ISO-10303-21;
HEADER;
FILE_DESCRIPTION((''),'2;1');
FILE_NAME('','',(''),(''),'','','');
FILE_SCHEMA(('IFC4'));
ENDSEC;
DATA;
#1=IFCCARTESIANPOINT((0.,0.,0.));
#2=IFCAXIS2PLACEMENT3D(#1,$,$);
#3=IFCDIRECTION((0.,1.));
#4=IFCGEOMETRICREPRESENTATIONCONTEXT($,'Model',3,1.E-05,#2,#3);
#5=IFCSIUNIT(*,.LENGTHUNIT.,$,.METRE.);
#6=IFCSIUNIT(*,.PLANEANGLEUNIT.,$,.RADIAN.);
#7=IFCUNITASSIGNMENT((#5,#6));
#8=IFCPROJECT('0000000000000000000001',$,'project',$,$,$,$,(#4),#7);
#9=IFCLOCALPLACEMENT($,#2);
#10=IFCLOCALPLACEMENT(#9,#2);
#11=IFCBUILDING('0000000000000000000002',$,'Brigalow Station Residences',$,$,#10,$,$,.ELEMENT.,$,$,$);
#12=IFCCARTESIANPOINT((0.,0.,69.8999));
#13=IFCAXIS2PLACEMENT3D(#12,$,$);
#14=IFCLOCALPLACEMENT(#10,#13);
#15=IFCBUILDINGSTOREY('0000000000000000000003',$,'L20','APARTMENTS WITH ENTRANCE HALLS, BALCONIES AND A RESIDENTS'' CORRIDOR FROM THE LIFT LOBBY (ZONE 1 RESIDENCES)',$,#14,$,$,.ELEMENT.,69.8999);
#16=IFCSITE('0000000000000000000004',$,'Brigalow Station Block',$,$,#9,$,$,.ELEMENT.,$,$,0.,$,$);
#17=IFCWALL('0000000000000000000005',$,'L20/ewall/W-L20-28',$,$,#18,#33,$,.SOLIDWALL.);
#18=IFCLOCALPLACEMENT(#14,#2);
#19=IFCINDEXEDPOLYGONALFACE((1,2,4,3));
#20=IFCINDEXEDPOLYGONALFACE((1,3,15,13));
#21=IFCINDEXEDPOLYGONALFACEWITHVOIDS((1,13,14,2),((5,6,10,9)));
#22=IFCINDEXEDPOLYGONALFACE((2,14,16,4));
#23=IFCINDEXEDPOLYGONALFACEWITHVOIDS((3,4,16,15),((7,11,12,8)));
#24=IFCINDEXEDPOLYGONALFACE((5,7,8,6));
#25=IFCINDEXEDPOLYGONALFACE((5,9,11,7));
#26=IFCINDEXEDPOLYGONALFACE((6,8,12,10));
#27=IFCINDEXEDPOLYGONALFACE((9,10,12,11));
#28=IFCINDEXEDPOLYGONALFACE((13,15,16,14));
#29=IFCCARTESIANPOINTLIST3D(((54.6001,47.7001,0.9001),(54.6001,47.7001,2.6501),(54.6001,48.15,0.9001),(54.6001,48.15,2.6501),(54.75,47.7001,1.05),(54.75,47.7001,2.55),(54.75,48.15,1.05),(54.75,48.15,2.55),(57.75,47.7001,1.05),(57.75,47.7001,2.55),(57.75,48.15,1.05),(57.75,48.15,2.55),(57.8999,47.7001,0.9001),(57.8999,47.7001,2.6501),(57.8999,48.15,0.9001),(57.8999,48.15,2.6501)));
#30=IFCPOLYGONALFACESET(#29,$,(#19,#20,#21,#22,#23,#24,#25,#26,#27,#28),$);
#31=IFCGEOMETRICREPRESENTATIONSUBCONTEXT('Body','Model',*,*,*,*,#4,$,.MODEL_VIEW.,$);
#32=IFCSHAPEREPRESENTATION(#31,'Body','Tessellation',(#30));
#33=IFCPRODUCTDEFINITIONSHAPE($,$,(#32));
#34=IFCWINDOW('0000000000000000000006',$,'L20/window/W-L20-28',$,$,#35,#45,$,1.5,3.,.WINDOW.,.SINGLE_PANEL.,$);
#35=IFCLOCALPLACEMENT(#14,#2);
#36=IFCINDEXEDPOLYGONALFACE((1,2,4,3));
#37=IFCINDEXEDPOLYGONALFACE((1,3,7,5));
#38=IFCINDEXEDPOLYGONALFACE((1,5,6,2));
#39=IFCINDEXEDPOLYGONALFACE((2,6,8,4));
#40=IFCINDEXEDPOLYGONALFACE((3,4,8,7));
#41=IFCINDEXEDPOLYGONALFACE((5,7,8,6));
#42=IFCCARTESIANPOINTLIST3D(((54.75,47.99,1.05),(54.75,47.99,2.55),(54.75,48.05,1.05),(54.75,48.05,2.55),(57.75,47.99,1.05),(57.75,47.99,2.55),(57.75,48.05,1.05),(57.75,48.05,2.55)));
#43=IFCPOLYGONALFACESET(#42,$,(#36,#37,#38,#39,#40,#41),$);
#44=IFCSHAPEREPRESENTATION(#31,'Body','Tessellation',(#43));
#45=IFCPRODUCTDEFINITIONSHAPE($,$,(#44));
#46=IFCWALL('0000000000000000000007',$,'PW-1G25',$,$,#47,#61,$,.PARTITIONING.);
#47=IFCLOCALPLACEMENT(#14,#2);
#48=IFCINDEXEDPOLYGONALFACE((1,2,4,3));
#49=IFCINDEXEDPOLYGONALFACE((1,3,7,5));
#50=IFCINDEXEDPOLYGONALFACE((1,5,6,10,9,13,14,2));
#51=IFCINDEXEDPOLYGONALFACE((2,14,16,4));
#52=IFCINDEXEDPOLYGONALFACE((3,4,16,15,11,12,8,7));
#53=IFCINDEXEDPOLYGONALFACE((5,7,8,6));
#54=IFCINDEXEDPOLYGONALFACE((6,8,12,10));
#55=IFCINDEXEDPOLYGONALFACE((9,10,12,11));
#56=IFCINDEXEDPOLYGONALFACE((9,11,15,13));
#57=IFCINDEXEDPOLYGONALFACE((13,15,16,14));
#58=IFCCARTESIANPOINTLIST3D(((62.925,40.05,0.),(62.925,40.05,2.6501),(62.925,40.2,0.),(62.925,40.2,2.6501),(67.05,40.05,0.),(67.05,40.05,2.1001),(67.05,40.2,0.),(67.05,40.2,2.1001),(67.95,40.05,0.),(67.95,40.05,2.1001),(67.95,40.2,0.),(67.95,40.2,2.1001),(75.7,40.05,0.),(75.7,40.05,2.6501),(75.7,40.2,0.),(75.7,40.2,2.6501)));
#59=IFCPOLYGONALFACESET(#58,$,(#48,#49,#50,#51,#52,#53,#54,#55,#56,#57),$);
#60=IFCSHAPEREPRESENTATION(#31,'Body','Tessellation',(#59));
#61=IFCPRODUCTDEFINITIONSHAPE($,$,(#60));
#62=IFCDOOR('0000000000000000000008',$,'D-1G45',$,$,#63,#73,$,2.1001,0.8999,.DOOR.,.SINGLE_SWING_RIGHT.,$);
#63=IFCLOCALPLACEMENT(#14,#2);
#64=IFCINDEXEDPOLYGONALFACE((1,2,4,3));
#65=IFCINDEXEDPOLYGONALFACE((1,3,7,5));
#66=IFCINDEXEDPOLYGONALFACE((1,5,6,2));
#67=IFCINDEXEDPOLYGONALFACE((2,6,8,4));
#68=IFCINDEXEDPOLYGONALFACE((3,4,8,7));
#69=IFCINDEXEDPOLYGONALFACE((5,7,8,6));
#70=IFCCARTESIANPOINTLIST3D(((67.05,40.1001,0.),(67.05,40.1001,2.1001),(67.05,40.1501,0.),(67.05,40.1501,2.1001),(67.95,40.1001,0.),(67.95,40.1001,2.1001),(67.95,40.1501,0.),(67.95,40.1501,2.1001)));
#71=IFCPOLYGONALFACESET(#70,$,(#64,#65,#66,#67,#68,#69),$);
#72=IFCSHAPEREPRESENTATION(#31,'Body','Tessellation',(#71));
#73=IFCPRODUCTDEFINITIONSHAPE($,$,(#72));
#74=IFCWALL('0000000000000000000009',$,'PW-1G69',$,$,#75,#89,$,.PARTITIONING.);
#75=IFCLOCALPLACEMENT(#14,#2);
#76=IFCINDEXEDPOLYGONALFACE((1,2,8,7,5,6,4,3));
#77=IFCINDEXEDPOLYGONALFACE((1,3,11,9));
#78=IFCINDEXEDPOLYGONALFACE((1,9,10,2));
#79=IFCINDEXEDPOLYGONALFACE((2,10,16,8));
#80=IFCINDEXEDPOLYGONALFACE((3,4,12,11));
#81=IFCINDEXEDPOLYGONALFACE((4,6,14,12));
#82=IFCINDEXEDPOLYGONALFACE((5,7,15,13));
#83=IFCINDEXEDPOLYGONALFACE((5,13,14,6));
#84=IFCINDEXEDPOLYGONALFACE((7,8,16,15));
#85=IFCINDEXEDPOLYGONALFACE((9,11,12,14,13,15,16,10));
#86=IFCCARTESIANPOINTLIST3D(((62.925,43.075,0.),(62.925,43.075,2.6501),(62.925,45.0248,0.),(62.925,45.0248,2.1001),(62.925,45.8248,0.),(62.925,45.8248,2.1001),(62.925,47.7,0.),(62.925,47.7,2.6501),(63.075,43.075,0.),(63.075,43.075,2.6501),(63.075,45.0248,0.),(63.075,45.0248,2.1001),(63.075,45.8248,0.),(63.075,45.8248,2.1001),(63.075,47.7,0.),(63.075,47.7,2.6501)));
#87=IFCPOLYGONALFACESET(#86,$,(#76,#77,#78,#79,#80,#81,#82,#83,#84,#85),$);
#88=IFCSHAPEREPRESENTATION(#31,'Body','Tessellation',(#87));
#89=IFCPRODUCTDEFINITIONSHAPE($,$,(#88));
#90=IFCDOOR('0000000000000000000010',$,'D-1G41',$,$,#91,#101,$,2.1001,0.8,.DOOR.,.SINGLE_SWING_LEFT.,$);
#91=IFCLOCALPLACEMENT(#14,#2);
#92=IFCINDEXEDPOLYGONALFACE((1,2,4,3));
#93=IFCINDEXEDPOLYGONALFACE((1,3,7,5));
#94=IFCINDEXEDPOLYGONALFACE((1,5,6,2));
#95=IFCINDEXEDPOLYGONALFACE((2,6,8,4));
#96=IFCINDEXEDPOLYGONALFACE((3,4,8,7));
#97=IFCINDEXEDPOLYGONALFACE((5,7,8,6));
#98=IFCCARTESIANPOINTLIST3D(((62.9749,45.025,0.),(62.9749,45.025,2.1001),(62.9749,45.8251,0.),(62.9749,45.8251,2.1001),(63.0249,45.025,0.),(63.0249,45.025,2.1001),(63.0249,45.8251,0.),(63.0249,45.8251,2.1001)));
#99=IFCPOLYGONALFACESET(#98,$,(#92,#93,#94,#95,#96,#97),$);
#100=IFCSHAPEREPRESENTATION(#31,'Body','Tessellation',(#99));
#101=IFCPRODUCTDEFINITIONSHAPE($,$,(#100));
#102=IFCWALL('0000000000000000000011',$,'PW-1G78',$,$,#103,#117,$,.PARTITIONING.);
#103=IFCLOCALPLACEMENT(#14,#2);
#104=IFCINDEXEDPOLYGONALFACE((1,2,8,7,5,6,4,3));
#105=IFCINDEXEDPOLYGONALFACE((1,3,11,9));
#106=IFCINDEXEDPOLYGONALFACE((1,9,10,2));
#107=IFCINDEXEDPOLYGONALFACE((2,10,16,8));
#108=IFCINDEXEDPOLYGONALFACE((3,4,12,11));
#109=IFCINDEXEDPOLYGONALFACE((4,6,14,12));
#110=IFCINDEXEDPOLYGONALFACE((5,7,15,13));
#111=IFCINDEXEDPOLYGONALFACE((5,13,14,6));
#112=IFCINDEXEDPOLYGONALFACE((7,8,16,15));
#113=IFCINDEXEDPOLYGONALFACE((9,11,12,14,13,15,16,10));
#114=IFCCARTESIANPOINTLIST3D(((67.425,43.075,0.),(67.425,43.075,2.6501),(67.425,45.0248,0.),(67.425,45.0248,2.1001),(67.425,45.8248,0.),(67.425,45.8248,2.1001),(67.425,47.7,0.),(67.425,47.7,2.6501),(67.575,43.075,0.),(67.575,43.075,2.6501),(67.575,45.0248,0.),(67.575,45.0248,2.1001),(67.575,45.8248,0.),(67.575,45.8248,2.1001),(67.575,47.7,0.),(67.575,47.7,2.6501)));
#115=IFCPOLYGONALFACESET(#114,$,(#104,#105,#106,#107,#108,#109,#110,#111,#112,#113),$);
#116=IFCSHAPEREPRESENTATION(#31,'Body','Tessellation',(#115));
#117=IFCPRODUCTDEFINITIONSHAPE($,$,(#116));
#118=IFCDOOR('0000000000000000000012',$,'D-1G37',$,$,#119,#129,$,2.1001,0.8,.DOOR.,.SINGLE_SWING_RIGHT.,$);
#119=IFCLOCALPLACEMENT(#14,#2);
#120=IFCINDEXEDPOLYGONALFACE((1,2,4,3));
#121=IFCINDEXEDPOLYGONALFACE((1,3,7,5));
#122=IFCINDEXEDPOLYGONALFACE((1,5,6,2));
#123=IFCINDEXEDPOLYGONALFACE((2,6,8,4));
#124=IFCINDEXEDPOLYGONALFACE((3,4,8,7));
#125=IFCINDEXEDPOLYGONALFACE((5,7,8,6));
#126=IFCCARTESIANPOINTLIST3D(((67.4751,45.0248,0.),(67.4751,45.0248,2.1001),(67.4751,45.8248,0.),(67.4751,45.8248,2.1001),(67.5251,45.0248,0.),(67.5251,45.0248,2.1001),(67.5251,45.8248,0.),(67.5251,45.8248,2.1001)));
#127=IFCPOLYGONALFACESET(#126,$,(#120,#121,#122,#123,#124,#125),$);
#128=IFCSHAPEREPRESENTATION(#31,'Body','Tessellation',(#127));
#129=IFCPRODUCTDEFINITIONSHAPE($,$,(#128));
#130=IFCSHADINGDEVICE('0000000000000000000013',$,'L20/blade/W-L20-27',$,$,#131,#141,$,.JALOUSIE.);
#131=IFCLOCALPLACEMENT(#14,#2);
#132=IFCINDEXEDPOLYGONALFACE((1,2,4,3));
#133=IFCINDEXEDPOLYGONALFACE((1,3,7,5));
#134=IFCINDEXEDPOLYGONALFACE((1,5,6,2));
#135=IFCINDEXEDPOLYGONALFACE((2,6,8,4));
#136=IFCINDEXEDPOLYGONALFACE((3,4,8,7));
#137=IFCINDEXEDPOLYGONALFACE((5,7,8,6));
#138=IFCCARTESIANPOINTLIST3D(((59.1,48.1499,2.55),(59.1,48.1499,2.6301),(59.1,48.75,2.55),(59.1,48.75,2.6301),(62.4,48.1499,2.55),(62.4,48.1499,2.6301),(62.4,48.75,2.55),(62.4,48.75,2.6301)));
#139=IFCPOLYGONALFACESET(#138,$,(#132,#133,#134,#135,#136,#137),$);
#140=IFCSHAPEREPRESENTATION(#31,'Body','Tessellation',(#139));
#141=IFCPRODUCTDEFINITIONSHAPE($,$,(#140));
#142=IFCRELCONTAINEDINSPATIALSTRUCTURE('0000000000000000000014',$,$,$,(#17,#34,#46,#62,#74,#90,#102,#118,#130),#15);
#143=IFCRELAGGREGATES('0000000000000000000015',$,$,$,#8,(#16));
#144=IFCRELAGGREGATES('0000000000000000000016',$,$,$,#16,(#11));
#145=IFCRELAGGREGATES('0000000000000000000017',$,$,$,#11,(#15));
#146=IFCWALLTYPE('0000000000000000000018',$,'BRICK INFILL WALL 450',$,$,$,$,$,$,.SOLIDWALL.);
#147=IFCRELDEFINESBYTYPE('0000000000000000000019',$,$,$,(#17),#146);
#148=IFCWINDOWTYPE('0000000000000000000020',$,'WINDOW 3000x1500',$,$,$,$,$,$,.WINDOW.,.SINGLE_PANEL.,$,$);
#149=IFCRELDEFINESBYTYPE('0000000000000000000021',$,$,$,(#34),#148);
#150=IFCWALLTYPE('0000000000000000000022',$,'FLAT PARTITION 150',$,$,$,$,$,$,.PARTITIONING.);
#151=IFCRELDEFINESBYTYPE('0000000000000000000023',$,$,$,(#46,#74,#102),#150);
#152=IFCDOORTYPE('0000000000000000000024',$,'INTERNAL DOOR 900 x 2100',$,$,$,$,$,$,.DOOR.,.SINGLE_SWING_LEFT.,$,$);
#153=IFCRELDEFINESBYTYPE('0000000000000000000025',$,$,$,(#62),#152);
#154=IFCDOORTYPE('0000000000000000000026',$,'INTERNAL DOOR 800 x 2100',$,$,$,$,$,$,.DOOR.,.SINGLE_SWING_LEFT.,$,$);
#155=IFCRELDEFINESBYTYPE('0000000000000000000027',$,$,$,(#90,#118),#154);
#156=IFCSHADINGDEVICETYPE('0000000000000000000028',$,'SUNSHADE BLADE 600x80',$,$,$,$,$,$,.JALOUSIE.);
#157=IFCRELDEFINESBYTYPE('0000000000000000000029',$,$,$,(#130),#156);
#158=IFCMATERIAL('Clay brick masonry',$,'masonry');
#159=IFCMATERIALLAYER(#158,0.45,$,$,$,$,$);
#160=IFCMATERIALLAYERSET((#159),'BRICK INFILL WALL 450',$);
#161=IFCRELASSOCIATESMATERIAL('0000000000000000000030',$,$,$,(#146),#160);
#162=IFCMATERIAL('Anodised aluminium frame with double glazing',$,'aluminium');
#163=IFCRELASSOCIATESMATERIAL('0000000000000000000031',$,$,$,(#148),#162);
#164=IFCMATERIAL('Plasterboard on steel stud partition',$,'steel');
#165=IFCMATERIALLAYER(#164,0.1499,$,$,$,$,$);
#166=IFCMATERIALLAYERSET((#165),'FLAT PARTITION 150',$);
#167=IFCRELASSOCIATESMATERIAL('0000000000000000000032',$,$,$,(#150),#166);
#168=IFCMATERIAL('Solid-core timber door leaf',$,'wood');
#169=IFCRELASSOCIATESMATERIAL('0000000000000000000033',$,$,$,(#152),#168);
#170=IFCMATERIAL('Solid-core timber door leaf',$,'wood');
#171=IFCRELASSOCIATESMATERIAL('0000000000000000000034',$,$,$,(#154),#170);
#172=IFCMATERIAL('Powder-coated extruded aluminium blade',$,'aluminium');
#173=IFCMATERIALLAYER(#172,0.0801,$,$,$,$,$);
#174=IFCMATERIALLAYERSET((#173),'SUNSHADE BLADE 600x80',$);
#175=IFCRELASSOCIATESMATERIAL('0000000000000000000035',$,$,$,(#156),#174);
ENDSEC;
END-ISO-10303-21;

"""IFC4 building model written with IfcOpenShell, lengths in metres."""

from ifc_helpers import new_model, si_unit, direction, frame, frame_2d, origin, origin_2d, place, context, subcontext, project, spatial, rectangle, extrude, material, layer, layer_set, type_object, element, fill, save


model = new_model("IFC4")

# Units and contexts
model_context = context("Model", 3, precision=1e-05, world=origin(), true_north=direction((0.0, 1.0)))
body_context = subcontext(model_context, "Body", "Model", "MODEL_VIEW")
ifc_project = project(units=[si_unit("LENGTHUNIT", "METRE"), si_unit("PLANEANGLEUNIT", "RADIAN")], contexts=[model_context])

# Site, building, storey
site_placement = place(None, origin())
site = spatial("IfcSite", under=ifc_project, at=site_placement, Name="Brigalow Station Block", CompositionType="ELEMENT", RefElevation=0.0)
building_placement = place(site_placement, origin())
building = spatial("IfcBuilding", under=site, at=building_placement, Name="Brigalow Station Residences", CompositionType="ELEMENT")
storey_placement = place(building_placement, frame((0.0, 0.0, 69.8999)))
storey = spatial("IfcBuildingStorey", under=building, at=storey_placement, Name="L20", Description="APARTMENTS WITH ENTRANCE HALLS, BALCONIES AND A RESIDENTS' CORRIDOR FROM THE LIFT LOBBY (ZONE 1 RESIDENCES)", CompositionType="ELEMENT", Elevation=69.8999)

# Shared definitions
ifc_material_1 = material(Name="Clay brick masonry", Category="masonry")
ifc_layer_1 = layer(ifc_material_1, 0.45)
ifc_layer_set_1 = layer_set([ifc_layer_1], Name="BRICK INFILL WALL 450")
wall_type_1 = type_object("IfcWallType", Name="BRICK INFILL WALL 450", PredefinedType="SOLIDWALL", material=ifc_layer_set_1)

# Wall, opening, window
ifc_material_2 = material(Name="Anodised aluminium frame with double glazing", Category="aluminium")
window_type = type_object("IfcWindowType", Name="WINDOW 3000x1500", PartitioningType="SINGLE_PANEL", PredefinedType="WINDOW", material=ifc_material_2)
wall_1_placement = place(storey_placement, frame((57.8999, 47.925, 0.9001), z_axis=(0.0, 0.0, 1.0), x_axis=(-1.0, 0.0, 0.0)))
wall_1 = element("IfcWall", 1, at=wall_1_placement, inside=storey, type_object=wall_type_1, Name="L20/ewall/W-L20-28", PredefinedType="SOLIDWALL", context=body_context, shape_type="SweptSolid", body=[
    extrude(rectangle(XDim=3.2998, YDim=0.45, at=frame_2d((1.6499, 0.0))), origin(), (0.0, 0.0, 1.0), 1.75),
])
opening_1_placement = place(wall_1_placement, frame((0.1499, 0.0, 0.1499)))
opening_1 = element("IfcOpeningElement", 2, at=opening_1_placement, cuts=wall_1, PredefinedType="OPENING", context=body_context, shape_type="SweptSolid", body=[
    extrude(rectangle(XDim=3.0, YDim=1.5, at=frame_2d((1.5, 0.75))), frame((0.0, 0.2349, 0.0), z_axis=(0.0, -1.0, 0.0), x_axis=(1.0, 0.0, 0.0)), (0.0, 0.0, 1.0), 0.47),
])
window_1_placement = place(opening_1_placement, origin())
window_1 = element("IfcWindow", 3, at=window_1_placement, inside=storey, type_object=window_type, Name="L20/window/W-L20-28", OverallHeight=1.5, OverallWidth=3.0, PartitioningType="SINGLE_PANEL", PredefinedType="WINDOW", context=body_context, shape_type="SweptSolid", body=[
    extrude(rectangle(XDim=3.0, YDim=1.5, at=frame_2d((1.5, 0.75))), frame((0.0, -0.0649, 0.0), z_axis=(0.0, -1.0, 0.0), x_axis=(1.0, 0.0, 0.0)), (0.0, 0.0, 1.0), 0.0601),
])
fill(opening_1, window_1)

# Walls, openings, doors
ifc_material_3 = material(Name="Plasterboard on steel stud partition", Category="steel")
ifc_layer_2 = layer(ifc_material_3, 0.1499)
ifc_layer_set_2 = layer_set([ifc_layer_2], Name="FLAT PARTITION 150")
wall_type_2 = type_object("IfcWallType", Name="FLAT PARTITION 150", PredefinedType="PARTITIONING", material=ifc_layer_set_2)
wall_2_placement = place(storey_placement, frame((62.925, 40.125, 0.0), z_axis=(0.0, 0.0, 1.0), x_axis=(1.0, 0.0, 0.0)))
wall_2 = element("IfcWall", 4, at=wall_2_placement, inside=storey, type_object=wall_type_2, Name="PW-1G25", PredefinedType="PARTITIONING", context=body_context, shape_type="SweptSolid", body=[
    extrude(rectangle(XDim=12.7749, YDim=0.1499, at=frame_2d((6.3875, 0.0))), origin(), (0.0, 0.0, 1.0), 2.6501),
])
opening_2_placement = place(wall_2_placement, frame((4.125, 0.0, 0.0)))
opening_2 = element("IfcOpeningElement", 5, at=opening_2_placement, cuts=wall_2, PredefinedType="OPENING", context=body_context, shape_type="SweptSolid", body=[
    extrude(rectangle(XDim=0.8999, YDim=2.1001, at=frame_2d((0.45, 1.05))), frame((0.0, 0.085, 0.0), z_axis=(0.0, -1.0, 0.0), x_axis=(1.0, 0.0, 0.0)), (0.0, 0.0, 1.0), 0.1699),
])
ifc_material_4 = material(Name="Solid-core timber door leaf", Category="wood")
door_type_1 = type_object("IfcDoorType", Name="INTERNAL DOOR 900 x 2100", OperationType="SINGLE_SWING_LEFT", PredefinedType="DOOR", material=ifc_material_4)
door_1_placement = place(opening_2_placement, frame((0.8999, 0.0, 0.0), z_axis=(0.0, 0.0, 1.0), x_axis=(-1.0, 0.0, 0.0)))
door_1 = element("IfcDoor", 6, at=door_1_placement, inside=storey, type_object=door_type_1, Name="D-1G45", OperationType="SINGLE_SWING_RIGHT", OverallHeight=2.1001, OverallWidth=0.8999, PredefinedType="DOOR", context=body_context, shape_type="SweptSolid", body=[
    extrude(rectangle(XDim=0.8999, YDim=2.1001, at=frame_2d((0.45, 1.05))), frame((0.0, 0.0249, 0.0), z_axis=(0.0, -1.0, 0.0), x_axis=(1.0, 0.0, 0.0)), (0.0, 0.0, 1.0), 0.05),
])
fill(opening_2, door_1)
wall_3_placement = place(storey_placement, frame((63.0, 43.075, 0.0), z_axis=(0.0, 0.0, 1.0), x_axis=(0.0, 1.0, 0.0)))
wall_3 = element("IfcWall", 7, at=wall_3_placement, inside=storey, type_object=wall_type_2, Name="PW-1G69", PredefinedType="PARTITIONING", context=body_context, shape_type="SweptSolid", body=[
    extrude(rectangle(XDim=4.625, YDim=0.1499, at=frame_2d((2.3125, 0.0))), origin(), (0.0, 0.0, 1.0), 2.6501),
])
opening_3_placement = place(wall_3_placement, frame((1.95, 0.0, 0.0)))
opening_3 = element("IfcOpeningElement", 8, at=opening_3_placement, cuts=wall_3, PredefinedType="OPENING", context=body_context, shape_type="SweptSolid", body=[
    extrude(rectangle(XDim=0.8, YDim=2.1001, at=frame_2d((0.3999, 1.05))), frame((0.0, 0.085, 0.0), z_axis=(0.0, -1.0, 0.0), x_axis=(1.0, 0.0, 0.0)), (0.0, 0.0, 1.0), 0.1699),
])
ifc_material_5 = material(Name="Solid-core timber door leaf", Category="wood")
door_type_2 = type_object("IfcDoorType", Name="INTERNAL DOOR 800 x 2100", OperationType="SINGLE_SWING_LEFT", PredefinedType="DOOR", material=ifc_material_5)
door_2_placement = place(opening_3_placement, frame((0.8, 0.0, 0.0), z_axis=(0.0, 0.0, 1.0), x_axis=(-1.0, 0.0, 0.0)))
door_2 = element("IfcDoor", 9, at=door_2_placement, inside=storey, type_object=door_type_2, Name="D-1G41", OperationType="SINGLE_SWING_LEFT", OverallHeight=2.1001, OverallWidth=0.8, PredefinedType="DOOR", context=body_context, shape_type="SweptSolid", body=[
    extrude(rectangle(XDim=0.8, YDim=2.1001, at=frame_2d((0.3999, 1.05))), frame((0.0, 0.0249, 0.0), z_axis=(0.0, -1.0, 0.0), x_axis=(1.0, 0.0, 0.0)), (0.0, 0.0, 1.0), 0.05),
])
fill(opening_3, door_2)
wall_4_placement = place(storey_placement, frame((67.5, 43.075, 0.0), z_axis=(0.0, 0.0, 1.0), x_axis=(0.0, 1.0, 0.0)))
wall_4 = element("IfcWall", 10, at=wall_4_placement, inside=storey, type_object=wall_type_2, Name="PW-1G78", PredefinedType="PARTITIONING", context=body_context, shape_type="SweptSolid", body=[
    extrude(rectangle(XDim=4.625, YDim=0.1499, at=frame_2d((2.3125, 0.0))), origin(), (0.0, 0.0, 1.0), 2.6501),
])
opening_4_placement = place(wall_4_placement, frame((1.95, 0.0, 0.0)))
opening_4 = element("IfcOpeningElement", 11, at=opening_4_placement, cuts=wall_4, PredefinedType="OPENING", context=body_context, shape_type="SweptSolid", body=[
    extrude(rectangle(XDim=0.8, YDim=2.1001, at=frame_2d((0.3999, 1.05))), frame((0.0, 0.085, 0.0), z_axis=(0.0, -1.0, 0.0), x_axis=(1.0, 0.0, 0.0)), (0.0, 0.0, 1.0), 0.1699),
])
door_3_placement = place(opening_4_placement, origin())
door_3 = element("IfcDoor", 12, at=door_3_placement, inside=storey, type_object=door_type_2, Name="D-1G37", OperationType="SINGLE_SWING_RIGHT", OverallHeight=2.1001, OverallWidth=0.8, PredefinedType="DOOR", context=body_context, shape_type="SweptSolid", body=[
    extrude(rectangle(XDim=0.8, YDim=2.1001, at=frame_2d((0.3999, 1.05))), frame((0.0, 0.0249, 0.0), z_axis=(0.0, -1.0, 0.0), x_axis=(1.0, 0.0, 0.0)), (0.0, 0.0, 1.0), 0.05),
])
fill(opening_4, door_3)

# Shading device
ifc_material_6 = material(Name="Powder-coated extruded aluminium blade", Category="aluminium")
ifc_layer_3 = layer(ifc_material_6, 0.0801)
ifc_layer_set_3 = layer_set([ifc_layer_3], Name="SUNSHADE BLADE 600x80")
shading_device_type = type_object("IfcShadingDeviceType", Name="SUNSHADE BLADE 600x80", PredefinedType="JALOUSIE", material=ifc_layer_set_3)
shading_device_placement = place(storey_placement, frame((60.75, 48.45, 2.55), z_axis=(0.0, 0.0, 1.0), x_axis=(-1.0, 0.0, 0.0)))
element("IfcShadingDevice", 13, at=shading_device_placement, inside=storey, type_object=shading_device_type, Name="L20/blade/W-L20-27", PredefinedType="JALOUSIE", context=body_context, shape_type="SweptSolid", body=[
    extrude(rectangle(XDim=3.3, YDim=0.6001, at=origin_2d()), origin(), (0.0, 0.0, 1.0), 0.0801),
])

save(model, "model.ifc")
